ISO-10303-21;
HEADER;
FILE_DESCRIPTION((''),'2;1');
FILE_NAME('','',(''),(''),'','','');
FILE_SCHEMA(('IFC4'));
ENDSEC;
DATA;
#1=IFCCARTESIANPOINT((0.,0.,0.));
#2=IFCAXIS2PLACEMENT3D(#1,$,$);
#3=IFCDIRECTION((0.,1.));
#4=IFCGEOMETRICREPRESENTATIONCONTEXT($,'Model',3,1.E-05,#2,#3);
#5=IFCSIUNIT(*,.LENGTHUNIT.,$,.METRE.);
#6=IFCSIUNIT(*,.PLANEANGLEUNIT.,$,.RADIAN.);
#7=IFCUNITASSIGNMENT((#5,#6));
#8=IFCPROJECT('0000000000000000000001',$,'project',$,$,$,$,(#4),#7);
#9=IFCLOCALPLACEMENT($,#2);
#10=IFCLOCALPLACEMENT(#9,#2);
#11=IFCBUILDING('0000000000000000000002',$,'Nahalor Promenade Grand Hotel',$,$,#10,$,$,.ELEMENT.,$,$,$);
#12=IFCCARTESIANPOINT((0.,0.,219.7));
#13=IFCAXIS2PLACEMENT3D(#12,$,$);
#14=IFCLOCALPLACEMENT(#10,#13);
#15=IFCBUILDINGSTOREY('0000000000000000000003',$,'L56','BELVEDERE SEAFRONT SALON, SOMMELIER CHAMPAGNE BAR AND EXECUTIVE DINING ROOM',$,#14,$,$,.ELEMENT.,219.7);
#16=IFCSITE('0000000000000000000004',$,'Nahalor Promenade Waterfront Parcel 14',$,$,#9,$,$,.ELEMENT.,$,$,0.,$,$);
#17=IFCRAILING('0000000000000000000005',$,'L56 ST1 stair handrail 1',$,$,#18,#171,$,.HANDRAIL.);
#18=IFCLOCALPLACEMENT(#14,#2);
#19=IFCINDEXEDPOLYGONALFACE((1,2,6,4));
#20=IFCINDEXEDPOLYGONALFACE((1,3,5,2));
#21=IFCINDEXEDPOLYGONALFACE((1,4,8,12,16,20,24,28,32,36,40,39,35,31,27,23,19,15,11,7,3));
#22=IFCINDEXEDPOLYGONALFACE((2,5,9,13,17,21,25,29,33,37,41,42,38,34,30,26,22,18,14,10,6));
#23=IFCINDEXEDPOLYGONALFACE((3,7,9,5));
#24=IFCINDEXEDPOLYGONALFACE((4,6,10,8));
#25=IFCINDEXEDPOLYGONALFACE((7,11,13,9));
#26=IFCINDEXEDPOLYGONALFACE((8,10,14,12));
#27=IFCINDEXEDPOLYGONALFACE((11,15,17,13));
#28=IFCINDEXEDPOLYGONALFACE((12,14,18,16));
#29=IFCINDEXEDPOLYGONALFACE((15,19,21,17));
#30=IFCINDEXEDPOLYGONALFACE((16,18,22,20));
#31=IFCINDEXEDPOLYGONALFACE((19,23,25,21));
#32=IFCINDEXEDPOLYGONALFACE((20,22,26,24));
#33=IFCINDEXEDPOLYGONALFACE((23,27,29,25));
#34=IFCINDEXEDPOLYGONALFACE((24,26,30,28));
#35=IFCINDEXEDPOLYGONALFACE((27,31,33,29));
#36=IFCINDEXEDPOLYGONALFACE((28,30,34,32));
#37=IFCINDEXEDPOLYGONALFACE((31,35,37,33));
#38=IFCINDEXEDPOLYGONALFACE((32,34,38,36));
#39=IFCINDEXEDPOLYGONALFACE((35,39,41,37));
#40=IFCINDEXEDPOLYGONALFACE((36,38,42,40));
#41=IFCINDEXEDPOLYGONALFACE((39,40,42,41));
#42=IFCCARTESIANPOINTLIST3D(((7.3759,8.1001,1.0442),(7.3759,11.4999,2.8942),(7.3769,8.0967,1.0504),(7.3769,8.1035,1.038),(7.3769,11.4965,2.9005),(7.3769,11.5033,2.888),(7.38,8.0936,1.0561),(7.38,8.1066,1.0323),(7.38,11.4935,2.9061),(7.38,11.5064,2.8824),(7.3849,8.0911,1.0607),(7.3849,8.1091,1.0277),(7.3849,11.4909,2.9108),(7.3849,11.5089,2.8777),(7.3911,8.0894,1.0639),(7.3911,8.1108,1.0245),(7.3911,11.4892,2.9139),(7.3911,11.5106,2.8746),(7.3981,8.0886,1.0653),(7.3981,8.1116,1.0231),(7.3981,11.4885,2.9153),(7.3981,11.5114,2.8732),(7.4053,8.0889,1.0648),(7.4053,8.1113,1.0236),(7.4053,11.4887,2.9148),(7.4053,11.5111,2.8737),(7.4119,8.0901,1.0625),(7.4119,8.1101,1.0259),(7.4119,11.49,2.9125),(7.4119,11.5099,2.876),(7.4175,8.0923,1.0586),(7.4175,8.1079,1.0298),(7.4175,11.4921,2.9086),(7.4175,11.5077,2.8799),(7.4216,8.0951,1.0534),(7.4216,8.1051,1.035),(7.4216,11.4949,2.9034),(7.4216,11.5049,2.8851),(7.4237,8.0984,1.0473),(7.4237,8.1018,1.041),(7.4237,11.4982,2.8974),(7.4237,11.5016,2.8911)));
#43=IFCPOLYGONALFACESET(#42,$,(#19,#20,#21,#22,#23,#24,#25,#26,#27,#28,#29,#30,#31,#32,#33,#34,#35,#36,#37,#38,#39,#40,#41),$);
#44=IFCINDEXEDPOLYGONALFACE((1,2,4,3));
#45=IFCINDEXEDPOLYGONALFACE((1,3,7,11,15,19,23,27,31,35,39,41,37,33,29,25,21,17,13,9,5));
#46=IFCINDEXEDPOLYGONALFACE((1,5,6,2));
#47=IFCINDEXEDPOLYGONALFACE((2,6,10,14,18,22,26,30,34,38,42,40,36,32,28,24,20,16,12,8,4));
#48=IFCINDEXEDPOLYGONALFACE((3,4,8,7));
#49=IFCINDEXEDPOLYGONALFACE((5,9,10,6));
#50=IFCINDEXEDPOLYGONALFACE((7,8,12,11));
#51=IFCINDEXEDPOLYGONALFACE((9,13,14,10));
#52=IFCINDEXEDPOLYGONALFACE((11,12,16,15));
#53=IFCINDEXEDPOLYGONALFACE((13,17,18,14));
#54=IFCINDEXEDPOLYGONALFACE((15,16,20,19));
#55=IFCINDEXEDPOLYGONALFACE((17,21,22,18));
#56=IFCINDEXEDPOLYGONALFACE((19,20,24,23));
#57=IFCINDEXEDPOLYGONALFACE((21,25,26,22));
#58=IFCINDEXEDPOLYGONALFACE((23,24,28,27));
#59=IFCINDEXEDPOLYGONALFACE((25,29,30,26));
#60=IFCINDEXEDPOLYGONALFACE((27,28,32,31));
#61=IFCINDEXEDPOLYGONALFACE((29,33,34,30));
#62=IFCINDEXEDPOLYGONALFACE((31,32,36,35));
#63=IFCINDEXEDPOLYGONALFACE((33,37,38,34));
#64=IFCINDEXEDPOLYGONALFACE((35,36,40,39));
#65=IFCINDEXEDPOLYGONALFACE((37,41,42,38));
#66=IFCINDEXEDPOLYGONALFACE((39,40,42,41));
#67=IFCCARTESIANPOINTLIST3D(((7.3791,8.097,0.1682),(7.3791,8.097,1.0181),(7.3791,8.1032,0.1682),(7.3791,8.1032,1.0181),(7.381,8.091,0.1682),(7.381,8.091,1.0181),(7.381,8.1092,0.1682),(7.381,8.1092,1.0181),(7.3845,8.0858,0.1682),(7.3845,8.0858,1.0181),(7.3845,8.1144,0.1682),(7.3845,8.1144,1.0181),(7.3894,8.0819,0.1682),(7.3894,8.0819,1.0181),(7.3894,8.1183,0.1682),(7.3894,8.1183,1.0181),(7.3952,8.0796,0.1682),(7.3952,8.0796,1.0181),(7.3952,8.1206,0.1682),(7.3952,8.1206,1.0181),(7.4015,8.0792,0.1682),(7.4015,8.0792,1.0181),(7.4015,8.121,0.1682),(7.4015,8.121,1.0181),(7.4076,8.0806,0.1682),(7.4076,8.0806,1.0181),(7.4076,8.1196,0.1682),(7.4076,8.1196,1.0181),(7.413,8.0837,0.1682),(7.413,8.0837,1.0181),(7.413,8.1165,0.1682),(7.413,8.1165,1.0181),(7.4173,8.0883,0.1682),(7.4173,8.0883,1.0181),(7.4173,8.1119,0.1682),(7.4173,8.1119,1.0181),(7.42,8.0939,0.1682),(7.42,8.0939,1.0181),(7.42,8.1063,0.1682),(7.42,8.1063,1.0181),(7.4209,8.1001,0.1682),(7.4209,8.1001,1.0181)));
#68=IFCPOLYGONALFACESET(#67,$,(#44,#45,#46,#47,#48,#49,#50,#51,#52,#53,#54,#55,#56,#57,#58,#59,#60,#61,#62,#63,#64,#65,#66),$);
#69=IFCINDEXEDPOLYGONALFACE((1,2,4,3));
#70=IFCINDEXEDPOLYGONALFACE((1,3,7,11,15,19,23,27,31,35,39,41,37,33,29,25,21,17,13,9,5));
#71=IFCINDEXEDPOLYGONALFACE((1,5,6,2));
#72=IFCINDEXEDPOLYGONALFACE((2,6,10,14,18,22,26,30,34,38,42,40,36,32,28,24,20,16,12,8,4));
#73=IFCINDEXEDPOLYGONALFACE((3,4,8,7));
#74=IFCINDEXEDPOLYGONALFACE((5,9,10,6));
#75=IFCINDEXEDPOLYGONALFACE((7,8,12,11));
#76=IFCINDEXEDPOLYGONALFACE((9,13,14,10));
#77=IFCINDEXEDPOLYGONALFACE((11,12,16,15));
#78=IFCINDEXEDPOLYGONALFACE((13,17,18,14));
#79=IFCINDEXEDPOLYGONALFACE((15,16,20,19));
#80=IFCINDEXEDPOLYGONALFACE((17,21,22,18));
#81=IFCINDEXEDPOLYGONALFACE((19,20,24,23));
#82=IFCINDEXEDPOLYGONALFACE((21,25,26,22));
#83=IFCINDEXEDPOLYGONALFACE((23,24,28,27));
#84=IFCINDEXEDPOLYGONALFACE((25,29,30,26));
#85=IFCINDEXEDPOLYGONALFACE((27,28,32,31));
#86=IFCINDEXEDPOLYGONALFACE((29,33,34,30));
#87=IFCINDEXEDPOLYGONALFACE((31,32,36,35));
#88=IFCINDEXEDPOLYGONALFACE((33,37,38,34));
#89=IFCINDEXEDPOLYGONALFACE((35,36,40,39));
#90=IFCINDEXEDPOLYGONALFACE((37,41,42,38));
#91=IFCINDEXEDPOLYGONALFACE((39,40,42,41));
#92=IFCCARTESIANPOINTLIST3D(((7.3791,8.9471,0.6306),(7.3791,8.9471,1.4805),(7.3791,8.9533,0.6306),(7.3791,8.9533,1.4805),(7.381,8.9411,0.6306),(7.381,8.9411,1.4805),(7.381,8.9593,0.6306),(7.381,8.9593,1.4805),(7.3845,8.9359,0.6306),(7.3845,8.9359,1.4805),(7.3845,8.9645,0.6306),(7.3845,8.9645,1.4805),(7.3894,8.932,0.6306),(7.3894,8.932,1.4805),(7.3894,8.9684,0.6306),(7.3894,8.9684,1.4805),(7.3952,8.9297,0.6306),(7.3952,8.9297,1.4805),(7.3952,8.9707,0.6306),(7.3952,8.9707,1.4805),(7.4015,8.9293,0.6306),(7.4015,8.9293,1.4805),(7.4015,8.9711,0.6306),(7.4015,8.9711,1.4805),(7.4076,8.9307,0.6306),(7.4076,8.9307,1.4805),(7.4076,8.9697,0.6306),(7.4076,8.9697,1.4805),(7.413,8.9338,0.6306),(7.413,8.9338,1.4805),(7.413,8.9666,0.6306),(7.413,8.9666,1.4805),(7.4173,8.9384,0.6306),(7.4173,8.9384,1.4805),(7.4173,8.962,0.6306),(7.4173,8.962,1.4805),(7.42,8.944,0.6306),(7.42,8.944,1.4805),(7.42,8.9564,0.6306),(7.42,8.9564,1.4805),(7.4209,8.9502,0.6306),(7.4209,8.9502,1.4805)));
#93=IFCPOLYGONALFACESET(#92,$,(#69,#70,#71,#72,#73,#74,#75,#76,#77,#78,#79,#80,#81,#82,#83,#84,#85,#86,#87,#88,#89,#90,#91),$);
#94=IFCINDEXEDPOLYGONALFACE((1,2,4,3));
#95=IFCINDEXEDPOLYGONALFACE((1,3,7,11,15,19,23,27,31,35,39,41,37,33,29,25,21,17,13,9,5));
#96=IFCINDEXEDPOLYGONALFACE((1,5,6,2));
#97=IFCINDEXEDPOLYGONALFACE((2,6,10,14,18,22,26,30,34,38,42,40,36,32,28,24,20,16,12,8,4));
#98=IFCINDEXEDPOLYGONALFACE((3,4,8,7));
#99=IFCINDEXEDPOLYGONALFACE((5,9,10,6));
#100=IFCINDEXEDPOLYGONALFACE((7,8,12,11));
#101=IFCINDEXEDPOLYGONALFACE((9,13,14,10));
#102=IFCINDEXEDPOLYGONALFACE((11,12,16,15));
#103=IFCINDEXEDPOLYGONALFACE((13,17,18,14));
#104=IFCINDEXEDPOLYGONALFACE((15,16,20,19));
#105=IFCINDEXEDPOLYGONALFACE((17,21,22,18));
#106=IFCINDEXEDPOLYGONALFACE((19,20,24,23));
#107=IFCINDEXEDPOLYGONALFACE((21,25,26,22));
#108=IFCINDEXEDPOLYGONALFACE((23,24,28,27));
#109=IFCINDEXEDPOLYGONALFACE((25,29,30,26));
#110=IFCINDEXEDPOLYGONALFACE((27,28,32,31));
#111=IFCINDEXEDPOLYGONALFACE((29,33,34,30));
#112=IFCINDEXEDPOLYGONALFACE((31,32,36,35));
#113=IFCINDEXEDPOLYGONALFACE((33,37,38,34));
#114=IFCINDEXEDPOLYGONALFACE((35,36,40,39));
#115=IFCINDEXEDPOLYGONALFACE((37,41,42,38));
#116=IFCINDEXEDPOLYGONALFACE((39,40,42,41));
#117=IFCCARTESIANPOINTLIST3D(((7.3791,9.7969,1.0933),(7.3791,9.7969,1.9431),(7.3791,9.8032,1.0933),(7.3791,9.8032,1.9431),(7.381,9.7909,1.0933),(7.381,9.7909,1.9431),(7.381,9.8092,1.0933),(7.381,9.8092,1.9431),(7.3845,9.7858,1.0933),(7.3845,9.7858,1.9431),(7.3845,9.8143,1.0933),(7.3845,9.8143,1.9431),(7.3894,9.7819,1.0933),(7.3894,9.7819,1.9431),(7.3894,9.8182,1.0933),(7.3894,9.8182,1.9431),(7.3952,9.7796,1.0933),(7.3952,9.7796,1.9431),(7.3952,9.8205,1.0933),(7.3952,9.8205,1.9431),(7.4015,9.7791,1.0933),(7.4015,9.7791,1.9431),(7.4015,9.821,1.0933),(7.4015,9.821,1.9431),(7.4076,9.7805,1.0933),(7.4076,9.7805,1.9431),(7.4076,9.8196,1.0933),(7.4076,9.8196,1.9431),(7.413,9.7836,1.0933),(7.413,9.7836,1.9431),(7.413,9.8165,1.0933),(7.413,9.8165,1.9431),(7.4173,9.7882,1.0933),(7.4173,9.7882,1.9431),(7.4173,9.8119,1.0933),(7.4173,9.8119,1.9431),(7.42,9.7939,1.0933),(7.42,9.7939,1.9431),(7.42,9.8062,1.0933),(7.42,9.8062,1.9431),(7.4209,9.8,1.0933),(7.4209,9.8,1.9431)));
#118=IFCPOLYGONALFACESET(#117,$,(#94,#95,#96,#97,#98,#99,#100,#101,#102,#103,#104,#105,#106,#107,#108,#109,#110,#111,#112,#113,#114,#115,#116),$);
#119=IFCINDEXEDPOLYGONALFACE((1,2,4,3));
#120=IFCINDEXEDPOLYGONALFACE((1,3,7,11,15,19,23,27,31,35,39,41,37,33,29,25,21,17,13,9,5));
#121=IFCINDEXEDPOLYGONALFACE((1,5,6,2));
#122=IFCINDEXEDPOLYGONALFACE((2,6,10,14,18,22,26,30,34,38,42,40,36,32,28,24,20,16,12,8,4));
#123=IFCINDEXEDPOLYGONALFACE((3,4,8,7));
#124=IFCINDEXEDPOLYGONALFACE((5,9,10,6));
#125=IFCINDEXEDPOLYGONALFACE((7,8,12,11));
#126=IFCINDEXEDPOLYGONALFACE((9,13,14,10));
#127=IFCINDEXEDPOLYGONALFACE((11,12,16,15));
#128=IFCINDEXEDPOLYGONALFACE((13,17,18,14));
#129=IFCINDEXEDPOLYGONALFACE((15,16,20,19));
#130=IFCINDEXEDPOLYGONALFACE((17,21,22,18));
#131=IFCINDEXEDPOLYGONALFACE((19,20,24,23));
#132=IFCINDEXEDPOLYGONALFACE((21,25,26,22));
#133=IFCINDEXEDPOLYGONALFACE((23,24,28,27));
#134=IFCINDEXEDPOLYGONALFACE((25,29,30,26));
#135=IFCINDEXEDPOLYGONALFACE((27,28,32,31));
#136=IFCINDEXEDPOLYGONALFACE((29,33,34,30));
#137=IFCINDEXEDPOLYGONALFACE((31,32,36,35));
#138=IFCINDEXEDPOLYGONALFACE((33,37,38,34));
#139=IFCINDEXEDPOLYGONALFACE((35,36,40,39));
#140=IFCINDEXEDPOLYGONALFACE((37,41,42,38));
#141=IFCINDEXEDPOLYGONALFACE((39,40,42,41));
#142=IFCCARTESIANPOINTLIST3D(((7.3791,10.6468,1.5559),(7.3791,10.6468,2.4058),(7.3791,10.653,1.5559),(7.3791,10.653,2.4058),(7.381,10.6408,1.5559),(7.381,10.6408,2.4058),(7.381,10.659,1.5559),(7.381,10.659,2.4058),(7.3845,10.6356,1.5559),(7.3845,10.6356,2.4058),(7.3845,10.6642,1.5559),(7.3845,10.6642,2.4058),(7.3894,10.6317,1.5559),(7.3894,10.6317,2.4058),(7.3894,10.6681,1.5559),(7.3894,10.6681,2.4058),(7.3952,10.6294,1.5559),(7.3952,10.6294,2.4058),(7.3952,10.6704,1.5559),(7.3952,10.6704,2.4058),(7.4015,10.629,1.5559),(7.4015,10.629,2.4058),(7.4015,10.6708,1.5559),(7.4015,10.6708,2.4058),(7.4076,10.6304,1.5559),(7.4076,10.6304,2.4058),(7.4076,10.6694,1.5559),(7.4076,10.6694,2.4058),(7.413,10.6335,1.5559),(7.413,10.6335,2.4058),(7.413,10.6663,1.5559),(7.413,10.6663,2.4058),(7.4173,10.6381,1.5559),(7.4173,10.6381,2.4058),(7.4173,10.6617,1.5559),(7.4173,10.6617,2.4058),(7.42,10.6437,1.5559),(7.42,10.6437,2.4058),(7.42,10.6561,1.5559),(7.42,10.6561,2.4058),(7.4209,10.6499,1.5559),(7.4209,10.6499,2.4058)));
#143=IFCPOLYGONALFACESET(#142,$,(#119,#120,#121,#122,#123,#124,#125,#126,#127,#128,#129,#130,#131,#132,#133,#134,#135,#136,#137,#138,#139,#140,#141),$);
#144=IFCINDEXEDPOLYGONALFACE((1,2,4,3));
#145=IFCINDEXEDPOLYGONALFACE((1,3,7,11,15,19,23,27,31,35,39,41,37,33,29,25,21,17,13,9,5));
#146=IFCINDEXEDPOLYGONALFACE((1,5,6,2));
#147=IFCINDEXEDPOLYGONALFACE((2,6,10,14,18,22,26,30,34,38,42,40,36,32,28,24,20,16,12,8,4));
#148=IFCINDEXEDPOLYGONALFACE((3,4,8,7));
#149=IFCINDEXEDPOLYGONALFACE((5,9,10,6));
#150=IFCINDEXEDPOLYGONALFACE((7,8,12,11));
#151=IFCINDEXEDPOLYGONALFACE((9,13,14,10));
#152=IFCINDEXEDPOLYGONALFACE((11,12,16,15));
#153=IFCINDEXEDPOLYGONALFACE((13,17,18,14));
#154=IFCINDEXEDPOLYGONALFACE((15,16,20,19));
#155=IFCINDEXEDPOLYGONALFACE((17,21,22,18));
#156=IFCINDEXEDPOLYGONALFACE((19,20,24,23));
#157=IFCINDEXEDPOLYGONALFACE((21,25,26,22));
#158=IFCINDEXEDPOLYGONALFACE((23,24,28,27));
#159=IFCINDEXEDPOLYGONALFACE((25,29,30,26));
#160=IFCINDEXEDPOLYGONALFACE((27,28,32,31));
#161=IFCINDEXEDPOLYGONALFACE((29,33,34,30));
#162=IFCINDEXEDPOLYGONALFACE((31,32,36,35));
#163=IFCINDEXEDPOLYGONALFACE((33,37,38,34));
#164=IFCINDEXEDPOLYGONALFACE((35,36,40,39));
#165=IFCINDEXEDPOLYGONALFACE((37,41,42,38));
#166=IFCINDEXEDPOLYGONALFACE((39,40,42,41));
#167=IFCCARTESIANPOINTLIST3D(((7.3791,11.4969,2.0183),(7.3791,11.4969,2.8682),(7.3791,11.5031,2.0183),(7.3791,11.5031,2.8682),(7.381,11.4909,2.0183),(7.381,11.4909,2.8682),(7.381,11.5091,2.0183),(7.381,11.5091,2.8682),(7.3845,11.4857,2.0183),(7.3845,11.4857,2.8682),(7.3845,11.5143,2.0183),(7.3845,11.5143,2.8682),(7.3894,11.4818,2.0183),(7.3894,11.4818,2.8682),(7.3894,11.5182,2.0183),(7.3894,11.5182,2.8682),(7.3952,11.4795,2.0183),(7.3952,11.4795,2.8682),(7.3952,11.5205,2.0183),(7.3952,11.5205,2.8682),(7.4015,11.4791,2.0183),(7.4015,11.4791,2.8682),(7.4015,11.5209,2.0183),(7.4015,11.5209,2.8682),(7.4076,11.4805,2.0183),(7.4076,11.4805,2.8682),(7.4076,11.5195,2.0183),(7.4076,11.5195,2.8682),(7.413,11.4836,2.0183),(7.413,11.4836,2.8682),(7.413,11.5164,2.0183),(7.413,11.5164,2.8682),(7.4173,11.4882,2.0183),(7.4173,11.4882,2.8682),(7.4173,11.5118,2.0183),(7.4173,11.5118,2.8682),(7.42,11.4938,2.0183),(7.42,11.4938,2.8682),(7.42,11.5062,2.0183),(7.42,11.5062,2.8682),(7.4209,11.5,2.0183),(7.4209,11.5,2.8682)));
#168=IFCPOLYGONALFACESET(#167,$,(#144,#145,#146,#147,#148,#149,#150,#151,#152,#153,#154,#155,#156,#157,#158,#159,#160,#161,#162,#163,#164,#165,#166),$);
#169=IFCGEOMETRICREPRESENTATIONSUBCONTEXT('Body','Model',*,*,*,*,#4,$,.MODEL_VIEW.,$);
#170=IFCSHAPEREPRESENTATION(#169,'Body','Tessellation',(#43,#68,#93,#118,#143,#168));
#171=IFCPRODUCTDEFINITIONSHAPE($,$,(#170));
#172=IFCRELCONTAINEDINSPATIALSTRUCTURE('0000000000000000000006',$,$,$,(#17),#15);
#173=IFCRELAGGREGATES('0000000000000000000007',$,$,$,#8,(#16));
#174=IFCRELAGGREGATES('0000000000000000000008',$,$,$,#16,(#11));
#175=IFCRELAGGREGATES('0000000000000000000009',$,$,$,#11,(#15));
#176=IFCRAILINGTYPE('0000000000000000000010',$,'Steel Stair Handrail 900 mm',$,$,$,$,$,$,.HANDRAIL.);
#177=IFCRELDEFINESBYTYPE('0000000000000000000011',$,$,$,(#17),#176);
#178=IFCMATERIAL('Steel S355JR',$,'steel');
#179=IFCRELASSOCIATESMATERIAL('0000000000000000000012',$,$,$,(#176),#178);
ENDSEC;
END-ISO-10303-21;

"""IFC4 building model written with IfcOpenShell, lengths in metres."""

from ifc_helpers import new_model, si_unit, direction, frame, origin, origin_2d, place, context, subcontext, project, spatial, circle, extrude, material, type_object, element, save


model = new_model("IFC4")

# Units and contexts
model_context = context("Model", 3, precision=1e-05, world=origin(), true_north=direction((0.0, 1.0)))
body_context = subcontext(model_context, "Body", "Model", "MODEL_VIEW")
ifc_project = project(units=[si_unit("LENGTHUNIT", "METRE"), si_unit("PLANEANGLEUNIT", "RADIAN")], contexts=[model_context])

# Site, building, storey
site_placement = place(None, origin())
site = spatial("IfcSite", under=ifc_project, at=site_placement, Name="Nahalor Promenade Waterfront Parcel 14", CompositionType="ELEMENT", RefElevation=0.0)
building_placement = place(site_placement, origin())
building = spatial("IfcBuilding", under=site, at=building_placement, Name="Nahalor Promenade Grand Hotel", CompositionType="ELEMENT")
storey_placement = place(building_placement, frame((0.0, 0.0, 219.7)))
storey = spatial("IfcBuildingStorey", under=building, at=storey_placement, Name="L56", Description="BELVEDERE SEAFRONT SALON, SOMMELIER CHAMPAGNE BAR AND EXECUTIVE DINING ROOM", CompositionType="ELEMENT", Elevation=219.7)

# Shared definitions
ifc_material_1 = material(Name="Steel S355JR", Category="steel")

# Railing
railing_type_1 = type_object("IfcRailingType", Name="Steel Stair Handrail 900 mm", PredefinedType="HANDRAIL", material=ifc_material_1)
railing_1_placement = place(storey_placement, frame((7.3999, 8.1001, 0.1682)))
element("IfcRailing", 1, at=railing_1_placement, inside=storey, type_object=railing_type_1, Name="L56 ST1 stair handrail 1", PredefinedType="HANDRAIL", context=body_context, shape_type="SweptSolid", body=[
    extrude(circle(Radius=0.024, at=origin_2d()), frame((0.0, 0.0, 0.876), z_axis=(0.0, 0.878372, 0.477977), x_axis=(-1.0, 0.0, 0.0)), (0.0, 0.0, 1.0), 3.8706),
    extrude(circle(Radius=0.021, at=origin_2d()), origin(), (0.0, 0.0, 1.0), 0.8499),
    extrude(circle(Radius=0.021, at=origin_2d()), frame((0.0, 0.8501, 0.4624)), (0.0, 0.0, 1.0), 0.8499),
    extrude(circle(Radius=0.021, at=origin_2d()), frame((0.0, 1.7, 0.925)), (0.0, 0.0, 1.0), 0.8499),
    extrude(circle(Radius=0.021, at=origin_2d()), frame((0.0, 2.5498, 1.3877)), (0.0, 0.0, 1.0), 0.8499),
    extrude(circle(Radius=0.021, at=origin_2d()), frame((0.0, 3.3999, 1.8501)), (0.0, 0.0, 1.0), 0.8499),
])

save(model, "model.ifc")
